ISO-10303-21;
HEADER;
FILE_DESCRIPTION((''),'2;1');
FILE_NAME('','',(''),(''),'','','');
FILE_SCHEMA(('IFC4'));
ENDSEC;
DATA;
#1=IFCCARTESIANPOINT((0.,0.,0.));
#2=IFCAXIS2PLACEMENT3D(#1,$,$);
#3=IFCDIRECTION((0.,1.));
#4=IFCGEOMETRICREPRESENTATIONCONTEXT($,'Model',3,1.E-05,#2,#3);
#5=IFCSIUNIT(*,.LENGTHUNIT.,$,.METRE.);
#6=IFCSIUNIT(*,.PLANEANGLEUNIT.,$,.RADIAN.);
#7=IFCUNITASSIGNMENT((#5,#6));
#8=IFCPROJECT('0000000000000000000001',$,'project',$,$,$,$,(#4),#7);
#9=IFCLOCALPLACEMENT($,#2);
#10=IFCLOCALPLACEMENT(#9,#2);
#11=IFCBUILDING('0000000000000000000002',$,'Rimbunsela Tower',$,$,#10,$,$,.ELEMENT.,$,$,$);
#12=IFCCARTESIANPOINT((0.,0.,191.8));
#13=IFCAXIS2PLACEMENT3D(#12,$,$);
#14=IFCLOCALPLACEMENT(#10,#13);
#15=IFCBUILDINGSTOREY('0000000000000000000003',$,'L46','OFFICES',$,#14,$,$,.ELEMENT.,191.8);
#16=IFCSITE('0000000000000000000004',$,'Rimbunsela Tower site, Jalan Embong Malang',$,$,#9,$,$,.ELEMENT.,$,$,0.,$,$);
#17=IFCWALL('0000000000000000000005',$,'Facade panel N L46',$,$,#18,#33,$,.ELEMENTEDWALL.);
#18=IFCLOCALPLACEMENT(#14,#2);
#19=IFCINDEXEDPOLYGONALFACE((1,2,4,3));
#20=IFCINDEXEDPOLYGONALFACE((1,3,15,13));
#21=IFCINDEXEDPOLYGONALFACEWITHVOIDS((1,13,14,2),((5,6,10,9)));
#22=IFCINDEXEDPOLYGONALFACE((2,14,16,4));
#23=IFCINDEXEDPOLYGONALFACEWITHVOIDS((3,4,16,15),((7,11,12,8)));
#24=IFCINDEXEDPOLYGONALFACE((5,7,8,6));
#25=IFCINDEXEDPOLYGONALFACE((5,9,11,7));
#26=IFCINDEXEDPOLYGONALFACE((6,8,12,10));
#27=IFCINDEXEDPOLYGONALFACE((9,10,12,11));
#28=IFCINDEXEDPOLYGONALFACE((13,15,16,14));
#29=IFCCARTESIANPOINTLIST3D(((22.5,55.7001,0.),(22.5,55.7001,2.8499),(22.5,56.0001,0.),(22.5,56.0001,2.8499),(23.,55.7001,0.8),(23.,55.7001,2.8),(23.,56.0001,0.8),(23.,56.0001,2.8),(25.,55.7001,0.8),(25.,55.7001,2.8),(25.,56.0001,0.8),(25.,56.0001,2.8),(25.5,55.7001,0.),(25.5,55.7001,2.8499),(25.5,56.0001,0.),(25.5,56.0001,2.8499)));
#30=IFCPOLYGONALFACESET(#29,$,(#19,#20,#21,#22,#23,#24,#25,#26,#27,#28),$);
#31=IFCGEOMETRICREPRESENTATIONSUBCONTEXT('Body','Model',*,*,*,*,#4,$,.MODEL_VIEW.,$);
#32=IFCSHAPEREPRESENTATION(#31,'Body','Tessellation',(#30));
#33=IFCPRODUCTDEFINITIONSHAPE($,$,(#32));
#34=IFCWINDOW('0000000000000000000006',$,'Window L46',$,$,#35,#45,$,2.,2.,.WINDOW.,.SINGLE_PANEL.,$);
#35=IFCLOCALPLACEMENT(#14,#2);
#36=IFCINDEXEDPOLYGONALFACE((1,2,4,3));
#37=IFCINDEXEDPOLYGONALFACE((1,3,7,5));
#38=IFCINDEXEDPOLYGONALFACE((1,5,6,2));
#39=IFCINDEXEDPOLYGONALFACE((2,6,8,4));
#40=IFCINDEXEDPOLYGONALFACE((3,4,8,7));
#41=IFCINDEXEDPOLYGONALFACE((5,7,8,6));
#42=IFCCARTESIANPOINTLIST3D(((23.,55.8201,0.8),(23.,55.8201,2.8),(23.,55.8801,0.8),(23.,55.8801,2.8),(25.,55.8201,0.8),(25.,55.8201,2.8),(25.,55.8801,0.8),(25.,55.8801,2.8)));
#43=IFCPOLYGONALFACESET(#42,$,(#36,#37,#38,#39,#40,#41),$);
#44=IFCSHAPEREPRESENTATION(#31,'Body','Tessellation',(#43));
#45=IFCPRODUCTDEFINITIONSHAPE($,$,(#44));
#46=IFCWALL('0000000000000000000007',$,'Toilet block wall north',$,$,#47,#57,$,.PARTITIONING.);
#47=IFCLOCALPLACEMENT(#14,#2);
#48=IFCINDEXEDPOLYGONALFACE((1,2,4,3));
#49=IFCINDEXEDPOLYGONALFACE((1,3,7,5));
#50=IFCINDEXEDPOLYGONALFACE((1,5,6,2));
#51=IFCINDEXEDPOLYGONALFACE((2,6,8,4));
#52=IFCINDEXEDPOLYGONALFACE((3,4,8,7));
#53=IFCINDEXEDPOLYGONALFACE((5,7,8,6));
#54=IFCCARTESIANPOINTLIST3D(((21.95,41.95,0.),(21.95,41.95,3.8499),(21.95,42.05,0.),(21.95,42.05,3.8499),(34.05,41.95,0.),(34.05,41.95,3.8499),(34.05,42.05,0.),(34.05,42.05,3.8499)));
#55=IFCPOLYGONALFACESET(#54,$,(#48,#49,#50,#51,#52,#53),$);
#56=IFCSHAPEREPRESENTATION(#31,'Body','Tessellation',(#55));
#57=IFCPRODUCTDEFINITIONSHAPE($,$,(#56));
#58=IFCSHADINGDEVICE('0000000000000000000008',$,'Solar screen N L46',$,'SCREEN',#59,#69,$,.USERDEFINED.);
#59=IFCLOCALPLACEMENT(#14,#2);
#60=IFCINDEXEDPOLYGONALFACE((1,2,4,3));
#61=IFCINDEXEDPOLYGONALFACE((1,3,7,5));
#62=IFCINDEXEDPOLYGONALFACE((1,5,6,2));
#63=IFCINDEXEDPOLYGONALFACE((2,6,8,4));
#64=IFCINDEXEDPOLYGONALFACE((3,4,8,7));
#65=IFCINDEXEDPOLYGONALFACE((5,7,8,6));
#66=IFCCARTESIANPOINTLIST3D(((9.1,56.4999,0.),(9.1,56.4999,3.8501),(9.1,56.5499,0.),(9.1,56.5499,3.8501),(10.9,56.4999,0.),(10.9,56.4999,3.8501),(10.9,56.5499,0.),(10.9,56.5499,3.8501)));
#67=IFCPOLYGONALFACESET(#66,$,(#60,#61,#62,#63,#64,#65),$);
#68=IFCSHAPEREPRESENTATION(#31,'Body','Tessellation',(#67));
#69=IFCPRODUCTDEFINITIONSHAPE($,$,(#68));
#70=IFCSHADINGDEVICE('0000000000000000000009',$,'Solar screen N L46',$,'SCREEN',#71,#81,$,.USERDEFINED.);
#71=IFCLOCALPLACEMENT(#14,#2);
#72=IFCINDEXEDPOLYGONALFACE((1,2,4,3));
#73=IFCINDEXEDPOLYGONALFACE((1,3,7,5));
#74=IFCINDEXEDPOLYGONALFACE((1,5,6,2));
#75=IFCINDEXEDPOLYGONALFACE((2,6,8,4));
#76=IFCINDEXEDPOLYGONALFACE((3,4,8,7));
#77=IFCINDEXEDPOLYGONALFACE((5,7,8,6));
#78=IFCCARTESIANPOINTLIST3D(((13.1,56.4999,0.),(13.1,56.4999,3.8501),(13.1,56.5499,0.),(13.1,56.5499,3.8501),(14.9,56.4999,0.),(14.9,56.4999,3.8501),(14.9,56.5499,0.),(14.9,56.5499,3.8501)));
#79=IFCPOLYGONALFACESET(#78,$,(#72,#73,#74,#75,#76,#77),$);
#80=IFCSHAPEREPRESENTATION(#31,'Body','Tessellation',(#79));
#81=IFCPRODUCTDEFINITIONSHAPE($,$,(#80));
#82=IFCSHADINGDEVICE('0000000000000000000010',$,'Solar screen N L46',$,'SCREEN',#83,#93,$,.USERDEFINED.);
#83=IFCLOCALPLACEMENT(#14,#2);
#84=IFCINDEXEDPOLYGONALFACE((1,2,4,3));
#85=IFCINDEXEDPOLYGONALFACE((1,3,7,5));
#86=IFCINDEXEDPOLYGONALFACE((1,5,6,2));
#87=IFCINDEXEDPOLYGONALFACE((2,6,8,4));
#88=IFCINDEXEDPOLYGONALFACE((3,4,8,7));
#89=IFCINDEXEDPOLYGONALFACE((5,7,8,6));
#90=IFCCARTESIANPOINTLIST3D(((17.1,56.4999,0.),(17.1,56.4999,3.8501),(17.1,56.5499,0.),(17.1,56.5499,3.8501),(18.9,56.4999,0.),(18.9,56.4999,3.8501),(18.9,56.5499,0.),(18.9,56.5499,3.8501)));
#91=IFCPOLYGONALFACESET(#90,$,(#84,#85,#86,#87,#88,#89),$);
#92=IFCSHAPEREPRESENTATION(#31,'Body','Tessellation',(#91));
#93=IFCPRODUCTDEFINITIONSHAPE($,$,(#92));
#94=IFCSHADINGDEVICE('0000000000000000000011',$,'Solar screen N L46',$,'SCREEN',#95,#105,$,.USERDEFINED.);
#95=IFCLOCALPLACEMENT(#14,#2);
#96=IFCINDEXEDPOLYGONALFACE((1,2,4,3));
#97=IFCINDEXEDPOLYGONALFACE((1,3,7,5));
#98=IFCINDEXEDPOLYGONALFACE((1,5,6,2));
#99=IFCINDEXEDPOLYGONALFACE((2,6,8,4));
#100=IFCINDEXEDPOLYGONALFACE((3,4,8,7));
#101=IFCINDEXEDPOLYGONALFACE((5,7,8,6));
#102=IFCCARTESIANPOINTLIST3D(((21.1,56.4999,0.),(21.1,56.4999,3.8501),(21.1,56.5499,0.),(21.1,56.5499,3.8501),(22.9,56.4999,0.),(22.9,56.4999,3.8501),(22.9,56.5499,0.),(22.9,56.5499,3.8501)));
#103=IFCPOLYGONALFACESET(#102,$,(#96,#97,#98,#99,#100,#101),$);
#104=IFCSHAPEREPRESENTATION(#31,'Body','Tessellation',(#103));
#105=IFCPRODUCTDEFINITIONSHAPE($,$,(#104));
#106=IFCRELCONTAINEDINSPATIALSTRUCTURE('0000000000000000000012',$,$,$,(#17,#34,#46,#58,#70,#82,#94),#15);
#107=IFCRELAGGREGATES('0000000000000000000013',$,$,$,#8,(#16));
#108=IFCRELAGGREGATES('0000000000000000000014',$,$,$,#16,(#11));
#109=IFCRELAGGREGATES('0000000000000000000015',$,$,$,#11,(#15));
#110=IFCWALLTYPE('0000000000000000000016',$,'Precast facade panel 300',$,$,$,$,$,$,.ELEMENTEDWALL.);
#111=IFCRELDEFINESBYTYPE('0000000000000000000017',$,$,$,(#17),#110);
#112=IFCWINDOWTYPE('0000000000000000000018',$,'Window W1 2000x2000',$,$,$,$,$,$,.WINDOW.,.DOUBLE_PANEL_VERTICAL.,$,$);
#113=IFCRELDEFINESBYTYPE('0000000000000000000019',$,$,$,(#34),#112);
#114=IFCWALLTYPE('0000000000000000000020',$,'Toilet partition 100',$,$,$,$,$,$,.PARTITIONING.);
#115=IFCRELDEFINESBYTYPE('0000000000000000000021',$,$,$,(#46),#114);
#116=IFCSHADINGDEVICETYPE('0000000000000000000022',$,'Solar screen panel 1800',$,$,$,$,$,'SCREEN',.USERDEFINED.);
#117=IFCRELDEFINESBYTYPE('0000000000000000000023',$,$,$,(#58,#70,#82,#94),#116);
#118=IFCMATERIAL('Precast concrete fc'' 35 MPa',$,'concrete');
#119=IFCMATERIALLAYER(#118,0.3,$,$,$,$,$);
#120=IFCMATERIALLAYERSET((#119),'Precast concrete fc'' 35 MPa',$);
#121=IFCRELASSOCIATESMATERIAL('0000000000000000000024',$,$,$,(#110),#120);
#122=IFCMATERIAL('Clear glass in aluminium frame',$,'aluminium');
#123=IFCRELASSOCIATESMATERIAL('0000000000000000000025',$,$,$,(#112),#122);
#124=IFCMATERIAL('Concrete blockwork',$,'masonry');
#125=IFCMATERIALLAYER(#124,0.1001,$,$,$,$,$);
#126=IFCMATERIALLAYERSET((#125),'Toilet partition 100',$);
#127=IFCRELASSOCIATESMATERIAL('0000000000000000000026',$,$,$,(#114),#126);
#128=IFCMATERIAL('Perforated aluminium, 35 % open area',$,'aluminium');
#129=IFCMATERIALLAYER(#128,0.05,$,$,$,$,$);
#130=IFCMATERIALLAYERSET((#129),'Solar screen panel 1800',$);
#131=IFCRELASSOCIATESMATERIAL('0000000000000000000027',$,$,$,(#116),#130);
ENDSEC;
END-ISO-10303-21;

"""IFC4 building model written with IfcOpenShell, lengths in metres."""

from ifc_helpers import new_model, si_unit, direction, frame, frame_2d, origin, origin_2d, place, context, subcontext, project, spatial, rectangle, extrude, material, layer, layer_set, type_object, element, fill, save


model = new_model("IFC4")

# Units and contexts
model_context = context("Model", 3, precision=1e-05, world=origin(), true_north=direction((0.0, 1.0)))
body_context = subcontext(model_context, "Body", "Model", "MODEL_VIEW")
ifc_project = project(units=[si_unit("LENGTHUNIT", "METRE"), si_unit("PLANEANGLEUNIT", "RADIAN")], contexts=[model_context])

# Site, building, storey
site_placement = place(None, origin())
site = spatial("IfcSite", under=ifc_project, at=site_placement, Name="Rimbunsela Tower site, Jalan Embong Malang", CompositionType="ELEMENT", RefElevation=0.0)
building_placement = place(site_placement, origin())
building = spatial("IfcBuilding", under=site, at=building_placement, Name="Rimbunsela Tower", CompositionType="ELEMENT")
storey_placement = place(building_placement, frame((0.0, 0.0, 191.8)))
storey = spatial("IfcBuildingStorey", under=building, at=storey_placement, Name="L46", Description="OFFICES", CompositionType="ELEMENT", Elevation=191.8)

# Shared definitions
ifc_material_1 = material(Name="Precast concrete fc' 35 MPa", Category="concrete")
ifc_layer_1 = layer(ifc_material_1, 0.3)
ifc_layer_set_1 = layer_set([ifc_layer_1], Name="Precast concrete fc' 35 MPa")
wall_type_1 = type_object("IfcWallType", Name="Precast facade panel 300", PredefinedType="ELEMENTEDWALL", material=ifc_layer_set_1)

# Wall, opening, window
ifc_material_2 = material(Name="Clear glass in aluminium frame", Category="aluminium")
window_type = type_object("IfcWindowType", Name="Window W1 2000x2000", PartitioningType="DOUBLE_PANEL_VERTICAL", PredefinedType="WINDOW", material=ifc_material_2)
wall_1_placement = place(storey_placement, frame((25.5, 55.8501, 0.0), z_axis=(0.0, 0.0, 1.0), x_axis=(-1.0, 0.0, 0.0)))
wall_1 = element("IfcWall", 1, at=wall_1_placement, inside=storey, type_object=wall_type_1, Name="Facade panel N L46", PredefinedType="ELEMENTEDWALL", context=body_context, shape_type="SweptSolid", body=[
    extrude(rectangle(XDim=3.0, YDim=0.3, at=frame_2d((1.5, 0.0))), origin(), (0.0, 0.0, 1.0), 2.8499),
])
opening_1_placement = place(wall_1_placement, frame((0.5, 0.0, 0.8)))
opening_1 = element("IfcOpeningElement", 2, at=opening_1_placement, cuts=wall_1, PredefinedType="OPENING", context=body_context, shape_type="SweptSolid", body=[
    extrude(rectangle(XDim=2.0, YDim=2.0, at=frame_2d((1.0, 1.0))), frame((0.0, 0.1599, 0.0), z_axis=(0.0, -1.0, 0.0), x_axis=(1.0, 0.0, 0.0)), (0.0, 0.0, 1.0), 0.3201),
])
window_1_placement = place(opening_1_placement, origin())
window_1 = element("IfcWindow", 3, at=window_1_placement, inside=storey, type_object=window_type, Name="Window L46", OverallHeight=2.0, OverallWidth=2.0, PartitioningType="SINGLE_PANEL", PredefinedType="WINDOW", context=body_context, shape_type="SweptSolid", body=[
    extrude(rectangle(XDim=2.0, YDim=2.0, at=frame_2d((1.0, 1.0))), frame((0.0, 0.03, 0.0), z_axis=(0.0, -1.0, 0.0), x_axis=(1.0, 0.0, 0.0)), (0.0, 0.0, 1.0), 0.0601),
])
fill(opening_1, window_1)

# Wall
ifc_material_3 = material(Name="Concrete blockwork", Category="masonry")
ifc_layer_2 = layer(ifc_material_3, 0.1001)
ifc_layer_set_2 = layer_set([ifc_layer_2], Name="Toilet partition 100")
wall_type_2 = type_object("IfcWallType", Name="Toilet partition 100", PredefinedType="PARTITIONING", material=ifc_layer_set_2)
wall_2_placement = place(storey_placement, frame((21.95, 42.0, 0.0), z_axis=(0.0, 0.0, 1.0), x_axis=(1.0, 0.0, 0.0)))
element("IfcWall", 4, at=wall_2_placement, inside=storey, type_object=wall_type_2, Name="Toilet block wall north", PredefinedType="PARTITIONING", context=body_context, shape_type="SweptSolid", body=[
    extrude(rectangle(XDim=12.1001, YDim=0.1001, at=frame_2d((6.05, 0.0))), origin(), (0.0, 0.0, 1.0), 3.8499),
])

# Shading devices
ifc_material_4 = material(Name="Perforated aluminium, 35 % open area", Category="aluminium")
ifc_layer_3 = layer(ifc_material_4, 0.05)
ifc_layer_set_3 = layer_set([ifc_layer_3], Name="Solar screen panel 1800")
shading_device_type = type_object("IfcShadingDeviceType", Name="Solar screen panel 1800", ElementType="SCREEN", PredefinedType="USERDEFINED", material=ifc_layer_set_3)
for number, where, z_axis, x_axis, name in (
    (5, (10.0, 56.5249, 0.0), (0.0, 0.0, 1.0), (1.0, 0.0, 0.0), "Solar screen N L46"),
    (6, (14.0, 56.5249, 0.0), (0.0, 0.0, 1.0), (1.0, 0.0, 0.0), "Solar screen N L46"),
    (7, (18.0, 56.5249, 0.0), (0.0, 0.0, 1.0), (1.0, 0.0, 0.0), "Solar screen N L46"),
    (8, (22.0, 56.5249, 0.0), (0.0, 0.0, 1.0), (1.0, 0.0, 0.0), "Solar screen N L46"),
):
    element("IfcShadingDevice", number, at=place(storey_placement, frame(where, z_axis=z_axis, x_axis=x_axis)), inside=storey, type_object=shading_device_type, Name=name, ObjectType="SCREEN", PredefinedType="USERDEFINED", context=body_context, shape_type="SweptSolid", body=[
        extrude(rectangle(XDim=1.8, YDim=0.05, at=origin_2d()), origin(), (0.0, 0.0, 1.0), 3.8501),
    ])

save(model, "model.ifc")
